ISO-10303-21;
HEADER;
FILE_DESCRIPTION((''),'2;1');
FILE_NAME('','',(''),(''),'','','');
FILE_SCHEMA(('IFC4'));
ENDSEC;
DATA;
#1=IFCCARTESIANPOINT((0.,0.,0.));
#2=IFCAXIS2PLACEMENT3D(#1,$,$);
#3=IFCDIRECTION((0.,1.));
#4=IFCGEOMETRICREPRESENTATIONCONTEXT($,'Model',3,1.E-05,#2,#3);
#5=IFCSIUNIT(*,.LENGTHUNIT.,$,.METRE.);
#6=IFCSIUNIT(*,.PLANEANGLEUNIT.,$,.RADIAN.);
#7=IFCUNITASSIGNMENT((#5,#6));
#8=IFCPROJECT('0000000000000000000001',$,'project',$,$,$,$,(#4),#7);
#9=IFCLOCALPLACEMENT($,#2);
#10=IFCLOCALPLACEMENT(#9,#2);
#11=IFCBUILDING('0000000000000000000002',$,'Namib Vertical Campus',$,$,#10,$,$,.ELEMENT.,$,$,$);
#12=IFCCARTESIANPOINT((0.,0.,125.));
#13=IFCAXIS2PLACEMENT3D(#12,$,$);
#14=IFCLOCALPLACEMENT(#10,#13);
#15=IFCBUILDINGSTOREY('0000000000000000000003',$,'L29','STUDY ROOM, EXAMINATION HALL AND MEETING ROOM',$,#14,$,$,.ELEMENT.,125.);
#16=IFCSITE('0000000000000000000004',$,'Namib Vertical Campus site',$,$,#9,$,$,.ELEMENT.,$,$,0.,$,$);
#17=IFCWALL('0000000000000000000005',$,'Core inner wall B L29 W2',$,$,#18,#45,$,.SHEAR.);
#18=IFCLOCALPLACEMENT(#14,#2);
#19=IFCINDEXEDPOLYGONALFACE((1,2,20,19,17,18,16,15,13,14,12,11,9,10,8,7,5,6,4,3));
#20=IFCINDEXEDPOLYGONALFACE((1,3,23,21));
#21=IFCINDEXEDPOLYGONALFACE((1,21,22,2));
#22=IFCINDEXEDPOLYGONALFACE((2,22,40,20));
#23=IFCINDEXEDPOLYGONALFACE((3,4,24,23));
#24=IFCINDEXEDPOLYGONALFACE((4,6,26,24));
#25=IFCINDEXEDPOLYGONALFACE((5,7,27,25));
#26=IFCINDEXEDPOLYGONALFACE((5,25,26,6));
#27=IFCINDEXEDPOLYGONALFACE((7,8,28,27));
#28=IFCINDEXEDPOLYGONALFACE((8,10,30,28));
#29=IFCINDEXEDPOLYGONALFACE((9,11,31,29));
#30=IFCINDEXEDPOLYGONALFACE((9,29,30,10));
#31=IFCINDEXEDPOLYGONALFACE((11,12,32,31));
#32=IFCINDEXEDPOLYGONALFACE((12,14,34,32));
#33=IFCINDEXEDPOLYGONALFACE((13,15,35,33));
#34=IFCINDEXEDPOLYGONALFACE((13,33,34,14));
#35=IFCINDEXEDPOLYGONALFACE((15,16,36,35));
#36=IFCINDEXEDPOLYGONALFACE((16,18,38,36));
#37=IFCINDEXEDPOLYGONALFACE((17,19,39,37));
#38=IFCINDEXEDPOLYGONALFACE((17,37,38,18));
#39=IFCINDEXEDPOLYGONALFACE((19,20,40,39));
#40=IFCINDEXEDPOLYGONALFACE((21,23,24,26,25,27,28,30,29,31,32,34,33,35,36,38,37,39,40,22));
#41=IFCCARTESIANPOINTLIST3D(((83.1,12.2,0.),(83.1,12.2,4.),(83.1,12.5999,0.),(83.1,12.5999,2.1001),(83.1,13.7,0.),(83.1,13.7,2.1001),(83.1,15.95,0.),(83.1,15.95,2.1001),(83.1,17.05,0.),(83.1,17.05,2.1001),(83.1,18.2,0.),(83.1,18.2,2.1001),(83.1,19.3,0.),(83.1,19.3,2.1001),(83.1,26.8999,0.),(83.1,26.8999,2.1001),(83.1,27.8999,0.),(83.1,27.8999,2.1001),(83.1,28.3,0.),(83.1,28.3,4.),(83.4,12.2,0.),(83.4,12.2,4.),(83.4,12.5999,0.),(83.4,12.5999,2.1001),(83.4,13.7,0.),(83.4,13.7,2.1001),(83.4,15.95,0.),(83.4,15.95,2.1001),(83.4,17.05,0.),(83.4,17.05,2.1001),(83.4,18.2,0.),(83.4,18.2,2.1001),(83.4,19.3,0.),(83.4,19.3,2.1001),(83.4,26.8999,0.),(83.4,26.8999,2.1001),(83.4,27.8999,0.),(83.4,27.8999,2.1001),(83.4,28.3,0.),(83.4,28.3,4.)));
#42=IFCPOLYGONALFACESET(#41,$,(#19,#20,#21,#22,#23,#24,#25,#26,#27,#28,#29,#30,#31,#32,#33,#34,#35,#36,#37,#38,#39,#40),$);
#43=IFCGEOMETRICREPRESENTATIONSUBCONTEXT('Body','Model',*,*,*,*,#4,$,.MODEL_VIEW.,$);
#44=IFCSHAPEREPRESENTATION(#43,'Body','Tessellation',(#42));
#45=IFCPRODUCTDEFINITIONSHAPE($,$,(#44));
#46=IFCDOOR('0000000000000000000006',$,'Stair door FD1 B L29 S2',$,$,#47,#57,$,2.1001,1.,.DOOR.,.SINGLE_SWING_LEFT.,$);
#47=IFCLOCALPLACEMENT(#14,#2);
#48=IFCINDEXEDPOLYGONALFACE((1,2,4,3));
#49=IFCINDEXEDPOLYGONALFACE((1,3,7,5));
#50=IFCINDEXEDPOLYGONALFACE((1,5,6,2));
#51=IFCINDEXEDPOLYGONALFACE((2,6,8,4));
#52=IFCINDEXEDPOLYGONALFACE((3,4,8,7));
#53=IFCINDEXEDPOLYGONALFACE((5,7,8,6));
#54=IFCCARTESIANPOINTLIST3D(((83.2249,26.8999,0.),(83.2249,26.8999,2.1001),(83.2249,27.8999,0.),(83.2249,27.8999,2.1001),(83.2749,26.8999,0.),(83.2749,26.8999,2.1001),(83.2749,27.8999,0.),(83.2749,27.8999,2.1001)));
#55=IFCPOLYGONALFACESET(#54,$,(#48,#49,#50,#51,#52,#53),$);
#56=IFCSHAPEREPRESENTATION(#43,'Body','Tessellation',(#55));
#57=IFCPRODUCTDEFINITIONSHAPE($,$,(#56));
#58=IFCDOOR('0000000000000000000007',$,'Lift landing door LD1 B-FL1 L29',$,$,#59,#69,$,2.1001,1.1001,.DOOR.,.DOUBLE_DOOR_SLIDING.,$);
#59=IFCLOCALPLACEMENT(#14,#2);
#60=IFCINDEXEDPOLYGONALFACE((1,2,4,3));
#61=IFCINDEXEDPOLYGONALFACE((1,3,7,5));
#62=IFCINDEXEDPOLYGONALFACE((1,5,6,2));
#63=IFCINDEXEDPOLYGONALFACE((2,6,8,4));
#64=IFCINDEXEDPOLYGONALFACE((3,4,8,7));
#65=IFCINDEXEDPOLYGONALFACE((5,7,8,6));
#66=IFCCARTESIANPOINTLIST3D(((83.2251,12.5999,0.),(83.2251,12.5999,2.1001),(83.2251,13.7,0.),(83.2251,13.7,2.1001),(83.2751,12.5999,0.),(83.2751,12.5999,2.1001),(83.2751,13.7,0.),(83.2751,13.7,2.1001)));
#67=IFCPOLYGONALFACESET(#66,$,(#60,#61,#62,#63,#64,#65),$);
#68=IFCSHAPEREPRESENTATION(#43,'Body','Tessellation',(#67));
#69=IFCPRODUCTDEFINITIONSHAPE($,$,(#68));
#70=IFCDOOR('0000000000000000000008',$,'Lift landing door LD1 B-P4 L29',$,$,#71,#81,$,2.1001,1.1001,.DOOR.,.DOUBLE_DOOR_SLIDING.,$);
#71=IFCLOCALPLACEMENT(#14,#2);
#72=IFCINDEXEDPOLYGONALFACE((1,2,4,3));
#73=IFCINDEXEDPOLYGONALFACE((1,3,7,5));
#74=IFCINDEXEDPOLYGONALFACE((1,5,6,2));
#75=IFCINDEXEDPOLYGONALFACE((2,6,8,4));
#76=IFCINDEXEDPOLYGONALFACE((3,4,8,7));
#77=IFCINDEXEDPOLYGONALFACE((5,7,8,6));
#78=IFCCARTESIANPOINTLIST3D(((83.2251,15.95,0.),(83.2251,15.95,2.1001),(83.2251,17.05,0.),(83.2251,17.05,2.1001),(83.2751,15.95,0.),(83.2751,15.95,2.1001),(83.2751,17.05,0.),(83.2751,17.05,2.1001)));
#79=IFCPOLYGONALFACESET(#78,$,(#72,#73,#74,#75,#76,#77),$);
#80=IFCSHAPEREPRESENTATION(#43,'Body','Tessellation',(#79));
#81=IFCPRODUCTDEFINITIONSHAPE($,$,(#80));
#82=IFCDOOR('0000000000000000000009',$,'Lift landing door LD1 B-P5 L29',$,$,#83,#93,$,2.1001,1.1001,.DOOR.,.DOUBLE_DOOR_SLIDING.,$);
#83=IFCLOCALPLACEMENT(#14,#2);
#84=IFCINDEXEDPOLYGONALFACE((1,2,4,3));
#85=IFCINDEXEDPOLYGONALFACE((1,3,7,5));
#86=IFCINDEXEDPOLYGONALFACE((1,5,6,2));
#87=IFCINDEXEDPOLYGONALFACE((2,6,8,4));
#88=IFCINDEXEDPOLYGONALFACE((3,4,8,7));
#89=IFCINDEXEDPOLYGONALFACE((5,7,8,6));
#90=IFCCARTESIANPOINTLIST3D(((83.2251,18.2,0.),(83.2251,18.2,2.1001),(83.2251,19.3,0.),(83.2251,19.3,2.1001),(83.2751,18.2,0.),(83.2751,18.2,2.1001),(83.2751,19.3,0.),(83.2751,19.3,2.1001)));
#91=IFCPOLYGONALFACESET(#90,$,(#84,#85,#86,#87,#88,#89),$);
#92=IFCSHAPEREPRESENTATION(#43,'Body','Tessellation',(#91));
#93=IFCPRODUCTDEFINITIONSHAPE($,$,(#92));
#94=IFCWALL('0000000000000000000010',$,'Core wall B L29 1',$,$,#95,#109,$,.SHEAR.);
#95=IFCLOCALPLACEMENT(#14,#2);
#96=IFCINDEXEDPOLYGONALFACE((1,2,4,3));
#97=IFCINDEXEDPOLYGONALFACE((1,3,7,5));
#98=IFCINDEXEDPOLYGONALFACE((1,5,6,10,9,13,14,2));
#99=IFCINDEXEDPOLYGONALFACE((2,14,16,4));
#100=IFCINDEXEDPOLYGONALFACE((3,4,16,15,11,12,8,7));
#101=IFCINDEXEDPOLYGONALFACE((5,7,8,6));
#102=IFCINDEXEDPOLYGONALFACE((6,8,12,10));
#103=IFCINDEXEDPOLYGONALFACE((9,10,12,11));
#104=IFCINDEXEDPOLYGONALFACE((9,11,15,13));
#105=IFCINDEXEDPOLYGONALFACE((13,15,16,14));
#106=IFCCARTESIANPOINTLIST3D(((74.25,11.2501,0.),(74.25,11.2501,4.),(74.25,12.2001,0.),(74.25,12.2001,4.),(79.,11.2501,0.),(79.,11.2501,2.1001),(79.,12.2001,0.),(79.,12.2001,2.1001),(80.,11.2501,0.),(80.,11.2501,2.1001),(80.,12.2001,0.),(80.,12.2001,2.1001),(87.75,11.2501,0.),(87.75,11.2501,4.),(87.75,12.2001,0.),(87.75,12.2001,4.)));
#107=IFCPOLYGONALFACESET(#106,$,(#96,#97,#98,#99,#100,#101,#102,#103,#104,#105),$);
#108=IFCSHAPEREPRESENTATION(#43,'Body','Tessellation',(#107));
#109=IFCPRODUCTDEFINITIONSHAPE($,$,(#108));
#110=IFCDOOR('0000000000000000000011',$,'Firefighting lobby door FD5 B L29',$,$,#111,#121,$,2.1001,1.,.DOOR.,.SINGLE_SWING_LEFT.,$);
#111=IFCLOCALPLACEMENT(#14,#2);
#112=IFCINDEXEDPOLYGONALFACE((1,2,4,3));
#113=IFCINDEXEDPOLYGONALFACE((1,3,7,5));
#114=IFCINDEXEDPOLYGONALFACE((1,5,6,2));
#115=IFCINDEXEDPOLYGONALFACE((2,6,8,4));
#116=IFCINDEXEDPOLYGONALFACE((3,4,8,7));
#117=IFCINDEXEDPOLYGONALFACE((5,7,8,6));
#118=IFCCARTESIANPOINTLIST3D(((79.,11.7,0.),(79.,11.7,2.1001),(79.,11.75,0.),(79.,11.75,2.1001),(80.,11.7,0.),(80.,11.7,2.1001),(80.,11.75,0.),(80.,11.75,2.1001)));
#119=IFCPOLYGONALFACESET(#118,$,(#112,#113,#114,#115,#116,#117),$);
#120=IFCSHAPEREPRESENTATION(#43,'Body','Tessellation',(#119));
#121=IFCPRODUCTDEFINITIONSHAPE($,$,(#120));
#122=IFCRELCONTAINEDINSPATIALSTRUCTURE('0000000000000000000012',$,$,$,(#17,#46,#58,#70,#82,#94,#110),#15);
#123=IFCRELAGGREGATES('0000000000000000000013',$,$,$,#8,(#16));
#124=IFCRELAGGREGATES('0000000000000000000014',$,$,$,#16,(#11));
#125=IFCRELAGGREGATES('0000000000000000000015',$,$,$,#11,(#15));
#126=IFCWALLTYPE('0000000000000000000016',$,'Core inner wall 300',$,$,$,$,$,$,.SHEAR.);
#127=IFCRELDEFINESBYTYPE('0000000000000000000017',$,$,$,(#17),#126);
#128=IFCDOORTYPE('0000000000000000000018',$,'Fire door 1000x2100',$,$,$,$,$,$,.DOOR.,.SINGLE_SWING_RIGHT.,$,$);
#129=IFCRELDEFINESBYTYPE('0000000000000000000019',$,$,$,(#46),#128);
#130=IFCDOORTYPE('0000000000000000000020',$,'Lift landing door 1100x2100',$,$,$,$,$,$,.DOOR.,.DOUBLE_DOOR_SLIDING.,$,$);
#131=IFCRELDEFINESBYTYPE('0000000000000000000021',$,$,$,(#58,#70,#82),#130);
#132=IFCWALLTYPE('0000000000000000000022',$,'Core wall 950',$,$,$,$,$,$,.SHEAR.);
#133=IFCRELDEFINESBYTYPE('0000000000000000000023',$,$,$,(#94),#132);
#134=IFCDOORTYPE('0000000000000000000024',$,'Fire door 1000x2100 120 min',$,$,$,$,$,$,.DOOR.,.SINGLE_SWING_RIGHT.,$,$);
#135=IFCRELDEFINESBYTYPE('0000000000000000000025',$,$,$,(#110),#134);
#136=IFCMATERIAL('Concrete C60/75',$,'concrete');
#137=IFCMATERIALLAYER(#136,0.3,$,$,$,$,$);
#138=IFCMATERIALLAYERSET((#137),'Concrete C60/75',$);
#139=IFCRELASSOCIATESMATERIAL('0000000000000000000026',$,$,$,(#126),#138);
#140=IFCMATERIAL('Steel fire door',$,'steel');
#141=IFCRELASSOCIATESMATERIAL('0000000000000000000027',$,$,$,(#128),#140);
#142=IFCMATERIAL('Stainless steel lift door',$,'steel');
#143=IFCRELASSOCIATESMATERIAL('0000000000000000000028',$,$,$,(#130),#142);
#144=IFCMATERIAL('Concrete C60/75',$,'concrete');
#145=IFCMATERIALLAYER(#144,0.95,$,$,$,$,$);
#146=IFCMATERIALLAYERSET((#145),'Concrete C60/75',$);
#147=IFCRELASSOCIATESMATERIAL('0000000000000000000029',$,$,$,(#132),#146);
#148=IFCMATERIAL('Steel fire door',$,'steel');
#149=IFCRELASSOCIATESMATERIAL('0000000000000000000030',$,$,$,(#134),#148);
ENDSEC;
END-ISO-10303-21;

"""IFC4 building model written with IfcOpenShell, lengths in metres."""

from ifc_helpers import new_model, si_unit, direction, frame, frame_2d, origin, place, context, subcontext, project, spatial, rectangle, extrude, material, layer, layer_set, type_object, element, fill, save


model = new_model("IFC4")

# Units and contexts
model_context = context("Model", 3, precision=1e-05, world=origin(), true_north=direction((0.0, 1.0)))
body_context = subcontext(model_context, "Body", "Model", "MODEL_VIEW")
ifc_project = project(units=[si_unit("LENGTHUNIT", "METRE"), si_unit("PLANEANGLEUNIT", "RADIAN")], contexts=[model_context])

# Site, building, storey
site_placement = place(None, origin())
site = spatial("IfcSite", under=ifc_project, at=site_placement, Name="Namib Vertical Campus site", CompositionType="ELEMENT", RefElevation=0.0)
building_placement = place(site_placement, origin())
building = spatial("IfcBuilding", under=site, at=building_placement, Name="Namib Vertical Campus", CompositionType="ELEMENT")
storey_placement = place(building_placement, frame((0.0, 0.0, 125.0)))
storey = spatial("IfcBuildingStorey", under=building, at=storey_placement, Name="L29", Description="STUDY ROOM, EXAMINATION HALL AND MEETING ROOM", CompositionType="ELEMENT", Elevation=125.0)

# Wall, openings, doors
ifc_material_1 = material(Name="Concrete C60/75", Category="concrete")
ifc_layer_1 = layer(ifc_material_1, 0.3)
ifc_layer_set_1 = layer_set([ifc_layer_1], Name="Concrete C60/75")
wall_type_1 = type_object("IfcWallType", Name="Core inner wall 300", PredefinedType="SHEAR", material=ifc_layer_set_1)
ifc_material_2 = material(Name="Steel fire door", Category="steel")
door_type_1 = type_object("IfcDoorType", Name="Fire door 1000x2100", OperationType="SINGLE_SWING_RIGHT", PredefinedType="DOOR", material=ifc_material_2)
ifc_material_3 = material(Name="Stainless steel lift door", Category="steel")
door_type_2 = type_object("IfcDoorType", Name="Lift landing door 1100x2100", OperationType="DOUBLE_DOOR_SLIDING", PredefinedType="DOOR", material=ifc_material_3)
wall_1_placement = place(storey_placement, frame((83.25, 12.2, 0.0), z_axis=(0.0, 0.0, 1.0), x_axis=(0.0, 1.0, 0.0)))
wall_1 = element("IfcWall", 1, at=wall_1_placement, inside=storey, type_object=wall_type_1, Name="Core inner wall B L29 W2", PredefinedType="SHEAR", context=body_context, shape_type="SweptSolid", body=[
    extrude(rectangle(XDim=16.1001, YDim=0.3, at=frame_2d((8.05, 0.0))), origin(), (0.0, 0.0, 1.0), 4.0),
])
opening_1_placement = place(wall_1_placement, frame((14.7, 0.0, 0.0)))
opening_1 = element("IfcOpeningElement", 2, at=opening_1_placement, cuts=wall_1, PredefinedType="OPENING", context=body_context, shape_type="SweptSolid", body=[
    extrude(rectangle(XDim=1.0, YDim=2.1001, at=frame_2d((0.5, 1.05))), frame((0.0, 0.1599, 0.0), z_axis=(0.0, -1.0, 0.0), x_axis=(1.0, 0.0, 0.0)), (0.0, 0.0, 1.0), 0.3201),
])
opening_2_placement = place(wall_1_placement, frame((0.3999, 0.0, 0.0)))
opening_2 = element("IfcOpeningElement", 3, at=opening_2_placement, cuts=wall_1, PredefinedType="OPENING", context=body_context, shape_type="SweptSolid", body=[
    extrude(rectangle(XDim=1.1001, YDim=2.1001, at=frame_2d((0.55, 1.05))), frame((0.0, 0.1599, 0.0), z_axis=(0.0, -1.0, 0.0), x_axis=(1.0, 0.0, 0.0)), (0.0, 0.0, 1.0), 0.3201),
])
opening_3_placement = place(wall_1_placement, frame((3.75, 0.0, 0.0)))
opening_3 = element("IfcOpeningElement", 4, at=opening_3_placement, cuts=wall_1, PredefinedType="OPENING", context=body_context, shape_type="SweptSolid", body=[
    extrude(rectangle(XDim=1.1001, YDim=2.1001, at=frame_2d((0.55, 1.05))), frame((0.0, 0.1599, 0.0), z_axis=(0.0, -1.0, 0.0), x_axis=(1.0, 0.0, 0.0)), (0.0, 0.0, 1.0), 0.3201),
])
opening_4_placement = place(wall_1_placement, frame((6.0, 0.0, 0.0)))
opening_4 = element("IfcOpeningElement", 5, at=opening_4_placement, cuts=wall_1, PredefinedType="OPENING", context=body_context, shape_type="SweptSolid", body=[
    extrude(rectangle(XDim=1.1001, YDim=2.1001, at=frame_2d((0.55, 1.05))), frame((0.0, 0.1599, 0.0), z_axis=(0.0, -1.0, 0.0), x_axis=(1.0, 0.0, 0.0)), (0.0, 0.0, 1.0), 0.3201),
])
door_1_placement = place(opening_1_placement, frame((1.0, 0.0, 0.0), z_axis=(0.0, 0.0, 1.0), x_axis=(-1.0, 0.0, 0.0)))
door_1 = element("IfcDoor", 6, at=door_1_placement, inside=storey, type_object=door_type_1, Name="Stair door FD1 B L29 S2", OperationType="SINGLE_SWING_LEFT", OverallHeight=2.1001, OverallWidth=1.0, PredefinedType="DOOR", context=body_context, shape_type="SweptSolid", body=[
    extrude(rectangle(XDim=1.0, YDim=2.1001, at=frame_2d((0.5, 1.05))), frame((0.0, 0.0249, 0.0), z_axis=(0.0, -1.0, 0.0), x_axis=(1.0, 0.0, 0.0)), (0.0, 0.0, 1.0), 0.05),
])
fill(opening_1, door_1)
door_2_placement = place(opening_2_placement, origin())
door_2 = element("IfcDoor", 7, at=door_2_placement, inside=storey, type_object=door_type_2, Name="Lift landing door LD1 B-FL1 L29", OperationType="DOUBLE_DOOR_SLIDING", OverallHeight=2.1001, OverallWidth=1.1001, PredefinedType="DOOR", context=body_context, shape_type="SweptSolid", body=[
    extrude(rectangle(XDim=1.1001, YDim=2.1001, at=frame_2d((0.55, 1.05))), frame((0.0, 0.0249, 0.0), z_axis=(0.0, -1.0, 0.0), x_axis=(1.0, 0.0, 0.0)), (0.0, 0.0, 1.0), 0.05),
])
fill(opening_2, door_2)
door_3_placement = place(opening_3_placement, origin())
door_3 = element("IfcDoor", 8, at=door_3_placement, inside=storey, type_object=door_type_2, Name="Lift landing door LD1 B-P4 L29", OperationType="DOUBLE_DOOR_SLIDING", OverallHeight=2.1001, OverallWidth=1.1001, PredefinedType="DOOR", context=body_context, shape_type="SweptSolid", body=[
    extrude(rectangle(XDim=1.1001, YDim=2.1001, at=frame_2d((0.55, 1.05))), frame((0.0, 0.0249, 0.0), z_axis=(0.0, -1.0, 0.0), x_axis=(1.0, 0.0, 0.0)), (0.0, 0.0, 1.0), 0.05),
])
fill(opening_3, door_3)
door_4_placement = place(opening_4_placement, origin())
door_4 = element("IfcDoor", 9, at=door_4_placement, inside=storey, type_object=door_type_2, Name="Lift landing door LD1 B-P5 L29", OperationType="DOUBLE_DOOR_SLIDING", OverallHeight=2.1001, OverallWidth=1.1001, PredefinedType="DOOR", context=body_context, shape_type="SweptSolid", body=[
    extrude(rectangle(XDim=1.1001, YDim=2.1001, at=frame_2d((0.55, 1.05))), frame((0.0, 0.0249, 0.0), z_axis=(0.0, -1.0, 0.0), x_axis=(1.0, 0.0, 0.0)), (0.0, 0.0, 1.0), 0.05),
])
fill(opening_4, door_4)

# Wall, opening, door
ifc_material_4 = material(Name="Concrete C60/75", Category="concrete")
ifc_layer_2 = layer(ifc_material_4, 0.95)
ifc_layer_set_2 = layer_set([ifc_layer_2], Name="Concrete C60/75")
wall_type_2 = type_object("IfcWallType", Name="Core wall 950", PredefinedType="SHEAR", material=ifc_layer_set_2)
wall_2_placement = place(storey_placement, frame((74.25, 11.7251, 0.0), z_axis=(0.0, 0.0, 1.0), x_axis=(1.0, 0.0, 0.0)))
wall_2 = element("IfcWall", 10, at=wall_2_placement, inside=storey, type_object=wall_type_2, Name="Core wall B L29 1", PredefinedType="SHEAR", context=body_context, shape_type="SweptSolid", body=[
    extrude(rectangle(XDim=13.5, YDim=0.95, at=frame_2d((6.75, 0.0))), origin(), (0.0, 0.0, 1.0), 4.0),
])
opening_5_placement = place(wall_2_placement, frame((4.75, 0.0, 0.0)))
opening_5 = element("IfcOpeningElement", 11, at=opening_5_placement, cuts=wall_2, PredefinedType="OPENING", context=body_context, shape_type="SweptSolid", body=[
    extrude(rectangle(XDim=1.0, YDim=2.1001, at=frame_2d((0.5, 1.05))), frame((0.0, 0.4849, 0.0), z_axis=(0.0, -1.0, 0.0), x_axis=(1.0, 0.0, 0.0)), (0.0, 0.0, 1.0), 0.97),
])
ifc_material_5 = material(Name="Steel fire door", Category="steel")
door_type_3 = type_object("IfcDoorType", Name="Fire door 1000x2100 120 min", OperationType="SINGLE_SWING_RIGHT", PredefinedType="DOOR", material=ifc_material_5)
door_5_placement = place(opening_5_placement, origin())
door_5 = element("IfcDoor", 12, at=door_5_placement, inside=storey, type_object=door_type_3, Name="Firefighting lobby door FD5 B L29", OperationType="SINGLE_SWING_LEFT", OverallHeight=2.1001, OverallWidth=1.0, PredefinedType="DOOR", context=body_context, shape_type="SweptSolid", body=[
    extrude(rectangle(XDim=1.0, YDim=2.1001, at=frame_2d((0.5, 1.05))), frame((0.0, 0.0249, 0.0), z_axis=(0.0, -1.0, 0.0), x_axis=(1.0, 0.0, 0.0)), (0.0, 0.0, 1.0), 0.05),
])
fill(opening_5, door_5)

save(model, "model.ifc")
